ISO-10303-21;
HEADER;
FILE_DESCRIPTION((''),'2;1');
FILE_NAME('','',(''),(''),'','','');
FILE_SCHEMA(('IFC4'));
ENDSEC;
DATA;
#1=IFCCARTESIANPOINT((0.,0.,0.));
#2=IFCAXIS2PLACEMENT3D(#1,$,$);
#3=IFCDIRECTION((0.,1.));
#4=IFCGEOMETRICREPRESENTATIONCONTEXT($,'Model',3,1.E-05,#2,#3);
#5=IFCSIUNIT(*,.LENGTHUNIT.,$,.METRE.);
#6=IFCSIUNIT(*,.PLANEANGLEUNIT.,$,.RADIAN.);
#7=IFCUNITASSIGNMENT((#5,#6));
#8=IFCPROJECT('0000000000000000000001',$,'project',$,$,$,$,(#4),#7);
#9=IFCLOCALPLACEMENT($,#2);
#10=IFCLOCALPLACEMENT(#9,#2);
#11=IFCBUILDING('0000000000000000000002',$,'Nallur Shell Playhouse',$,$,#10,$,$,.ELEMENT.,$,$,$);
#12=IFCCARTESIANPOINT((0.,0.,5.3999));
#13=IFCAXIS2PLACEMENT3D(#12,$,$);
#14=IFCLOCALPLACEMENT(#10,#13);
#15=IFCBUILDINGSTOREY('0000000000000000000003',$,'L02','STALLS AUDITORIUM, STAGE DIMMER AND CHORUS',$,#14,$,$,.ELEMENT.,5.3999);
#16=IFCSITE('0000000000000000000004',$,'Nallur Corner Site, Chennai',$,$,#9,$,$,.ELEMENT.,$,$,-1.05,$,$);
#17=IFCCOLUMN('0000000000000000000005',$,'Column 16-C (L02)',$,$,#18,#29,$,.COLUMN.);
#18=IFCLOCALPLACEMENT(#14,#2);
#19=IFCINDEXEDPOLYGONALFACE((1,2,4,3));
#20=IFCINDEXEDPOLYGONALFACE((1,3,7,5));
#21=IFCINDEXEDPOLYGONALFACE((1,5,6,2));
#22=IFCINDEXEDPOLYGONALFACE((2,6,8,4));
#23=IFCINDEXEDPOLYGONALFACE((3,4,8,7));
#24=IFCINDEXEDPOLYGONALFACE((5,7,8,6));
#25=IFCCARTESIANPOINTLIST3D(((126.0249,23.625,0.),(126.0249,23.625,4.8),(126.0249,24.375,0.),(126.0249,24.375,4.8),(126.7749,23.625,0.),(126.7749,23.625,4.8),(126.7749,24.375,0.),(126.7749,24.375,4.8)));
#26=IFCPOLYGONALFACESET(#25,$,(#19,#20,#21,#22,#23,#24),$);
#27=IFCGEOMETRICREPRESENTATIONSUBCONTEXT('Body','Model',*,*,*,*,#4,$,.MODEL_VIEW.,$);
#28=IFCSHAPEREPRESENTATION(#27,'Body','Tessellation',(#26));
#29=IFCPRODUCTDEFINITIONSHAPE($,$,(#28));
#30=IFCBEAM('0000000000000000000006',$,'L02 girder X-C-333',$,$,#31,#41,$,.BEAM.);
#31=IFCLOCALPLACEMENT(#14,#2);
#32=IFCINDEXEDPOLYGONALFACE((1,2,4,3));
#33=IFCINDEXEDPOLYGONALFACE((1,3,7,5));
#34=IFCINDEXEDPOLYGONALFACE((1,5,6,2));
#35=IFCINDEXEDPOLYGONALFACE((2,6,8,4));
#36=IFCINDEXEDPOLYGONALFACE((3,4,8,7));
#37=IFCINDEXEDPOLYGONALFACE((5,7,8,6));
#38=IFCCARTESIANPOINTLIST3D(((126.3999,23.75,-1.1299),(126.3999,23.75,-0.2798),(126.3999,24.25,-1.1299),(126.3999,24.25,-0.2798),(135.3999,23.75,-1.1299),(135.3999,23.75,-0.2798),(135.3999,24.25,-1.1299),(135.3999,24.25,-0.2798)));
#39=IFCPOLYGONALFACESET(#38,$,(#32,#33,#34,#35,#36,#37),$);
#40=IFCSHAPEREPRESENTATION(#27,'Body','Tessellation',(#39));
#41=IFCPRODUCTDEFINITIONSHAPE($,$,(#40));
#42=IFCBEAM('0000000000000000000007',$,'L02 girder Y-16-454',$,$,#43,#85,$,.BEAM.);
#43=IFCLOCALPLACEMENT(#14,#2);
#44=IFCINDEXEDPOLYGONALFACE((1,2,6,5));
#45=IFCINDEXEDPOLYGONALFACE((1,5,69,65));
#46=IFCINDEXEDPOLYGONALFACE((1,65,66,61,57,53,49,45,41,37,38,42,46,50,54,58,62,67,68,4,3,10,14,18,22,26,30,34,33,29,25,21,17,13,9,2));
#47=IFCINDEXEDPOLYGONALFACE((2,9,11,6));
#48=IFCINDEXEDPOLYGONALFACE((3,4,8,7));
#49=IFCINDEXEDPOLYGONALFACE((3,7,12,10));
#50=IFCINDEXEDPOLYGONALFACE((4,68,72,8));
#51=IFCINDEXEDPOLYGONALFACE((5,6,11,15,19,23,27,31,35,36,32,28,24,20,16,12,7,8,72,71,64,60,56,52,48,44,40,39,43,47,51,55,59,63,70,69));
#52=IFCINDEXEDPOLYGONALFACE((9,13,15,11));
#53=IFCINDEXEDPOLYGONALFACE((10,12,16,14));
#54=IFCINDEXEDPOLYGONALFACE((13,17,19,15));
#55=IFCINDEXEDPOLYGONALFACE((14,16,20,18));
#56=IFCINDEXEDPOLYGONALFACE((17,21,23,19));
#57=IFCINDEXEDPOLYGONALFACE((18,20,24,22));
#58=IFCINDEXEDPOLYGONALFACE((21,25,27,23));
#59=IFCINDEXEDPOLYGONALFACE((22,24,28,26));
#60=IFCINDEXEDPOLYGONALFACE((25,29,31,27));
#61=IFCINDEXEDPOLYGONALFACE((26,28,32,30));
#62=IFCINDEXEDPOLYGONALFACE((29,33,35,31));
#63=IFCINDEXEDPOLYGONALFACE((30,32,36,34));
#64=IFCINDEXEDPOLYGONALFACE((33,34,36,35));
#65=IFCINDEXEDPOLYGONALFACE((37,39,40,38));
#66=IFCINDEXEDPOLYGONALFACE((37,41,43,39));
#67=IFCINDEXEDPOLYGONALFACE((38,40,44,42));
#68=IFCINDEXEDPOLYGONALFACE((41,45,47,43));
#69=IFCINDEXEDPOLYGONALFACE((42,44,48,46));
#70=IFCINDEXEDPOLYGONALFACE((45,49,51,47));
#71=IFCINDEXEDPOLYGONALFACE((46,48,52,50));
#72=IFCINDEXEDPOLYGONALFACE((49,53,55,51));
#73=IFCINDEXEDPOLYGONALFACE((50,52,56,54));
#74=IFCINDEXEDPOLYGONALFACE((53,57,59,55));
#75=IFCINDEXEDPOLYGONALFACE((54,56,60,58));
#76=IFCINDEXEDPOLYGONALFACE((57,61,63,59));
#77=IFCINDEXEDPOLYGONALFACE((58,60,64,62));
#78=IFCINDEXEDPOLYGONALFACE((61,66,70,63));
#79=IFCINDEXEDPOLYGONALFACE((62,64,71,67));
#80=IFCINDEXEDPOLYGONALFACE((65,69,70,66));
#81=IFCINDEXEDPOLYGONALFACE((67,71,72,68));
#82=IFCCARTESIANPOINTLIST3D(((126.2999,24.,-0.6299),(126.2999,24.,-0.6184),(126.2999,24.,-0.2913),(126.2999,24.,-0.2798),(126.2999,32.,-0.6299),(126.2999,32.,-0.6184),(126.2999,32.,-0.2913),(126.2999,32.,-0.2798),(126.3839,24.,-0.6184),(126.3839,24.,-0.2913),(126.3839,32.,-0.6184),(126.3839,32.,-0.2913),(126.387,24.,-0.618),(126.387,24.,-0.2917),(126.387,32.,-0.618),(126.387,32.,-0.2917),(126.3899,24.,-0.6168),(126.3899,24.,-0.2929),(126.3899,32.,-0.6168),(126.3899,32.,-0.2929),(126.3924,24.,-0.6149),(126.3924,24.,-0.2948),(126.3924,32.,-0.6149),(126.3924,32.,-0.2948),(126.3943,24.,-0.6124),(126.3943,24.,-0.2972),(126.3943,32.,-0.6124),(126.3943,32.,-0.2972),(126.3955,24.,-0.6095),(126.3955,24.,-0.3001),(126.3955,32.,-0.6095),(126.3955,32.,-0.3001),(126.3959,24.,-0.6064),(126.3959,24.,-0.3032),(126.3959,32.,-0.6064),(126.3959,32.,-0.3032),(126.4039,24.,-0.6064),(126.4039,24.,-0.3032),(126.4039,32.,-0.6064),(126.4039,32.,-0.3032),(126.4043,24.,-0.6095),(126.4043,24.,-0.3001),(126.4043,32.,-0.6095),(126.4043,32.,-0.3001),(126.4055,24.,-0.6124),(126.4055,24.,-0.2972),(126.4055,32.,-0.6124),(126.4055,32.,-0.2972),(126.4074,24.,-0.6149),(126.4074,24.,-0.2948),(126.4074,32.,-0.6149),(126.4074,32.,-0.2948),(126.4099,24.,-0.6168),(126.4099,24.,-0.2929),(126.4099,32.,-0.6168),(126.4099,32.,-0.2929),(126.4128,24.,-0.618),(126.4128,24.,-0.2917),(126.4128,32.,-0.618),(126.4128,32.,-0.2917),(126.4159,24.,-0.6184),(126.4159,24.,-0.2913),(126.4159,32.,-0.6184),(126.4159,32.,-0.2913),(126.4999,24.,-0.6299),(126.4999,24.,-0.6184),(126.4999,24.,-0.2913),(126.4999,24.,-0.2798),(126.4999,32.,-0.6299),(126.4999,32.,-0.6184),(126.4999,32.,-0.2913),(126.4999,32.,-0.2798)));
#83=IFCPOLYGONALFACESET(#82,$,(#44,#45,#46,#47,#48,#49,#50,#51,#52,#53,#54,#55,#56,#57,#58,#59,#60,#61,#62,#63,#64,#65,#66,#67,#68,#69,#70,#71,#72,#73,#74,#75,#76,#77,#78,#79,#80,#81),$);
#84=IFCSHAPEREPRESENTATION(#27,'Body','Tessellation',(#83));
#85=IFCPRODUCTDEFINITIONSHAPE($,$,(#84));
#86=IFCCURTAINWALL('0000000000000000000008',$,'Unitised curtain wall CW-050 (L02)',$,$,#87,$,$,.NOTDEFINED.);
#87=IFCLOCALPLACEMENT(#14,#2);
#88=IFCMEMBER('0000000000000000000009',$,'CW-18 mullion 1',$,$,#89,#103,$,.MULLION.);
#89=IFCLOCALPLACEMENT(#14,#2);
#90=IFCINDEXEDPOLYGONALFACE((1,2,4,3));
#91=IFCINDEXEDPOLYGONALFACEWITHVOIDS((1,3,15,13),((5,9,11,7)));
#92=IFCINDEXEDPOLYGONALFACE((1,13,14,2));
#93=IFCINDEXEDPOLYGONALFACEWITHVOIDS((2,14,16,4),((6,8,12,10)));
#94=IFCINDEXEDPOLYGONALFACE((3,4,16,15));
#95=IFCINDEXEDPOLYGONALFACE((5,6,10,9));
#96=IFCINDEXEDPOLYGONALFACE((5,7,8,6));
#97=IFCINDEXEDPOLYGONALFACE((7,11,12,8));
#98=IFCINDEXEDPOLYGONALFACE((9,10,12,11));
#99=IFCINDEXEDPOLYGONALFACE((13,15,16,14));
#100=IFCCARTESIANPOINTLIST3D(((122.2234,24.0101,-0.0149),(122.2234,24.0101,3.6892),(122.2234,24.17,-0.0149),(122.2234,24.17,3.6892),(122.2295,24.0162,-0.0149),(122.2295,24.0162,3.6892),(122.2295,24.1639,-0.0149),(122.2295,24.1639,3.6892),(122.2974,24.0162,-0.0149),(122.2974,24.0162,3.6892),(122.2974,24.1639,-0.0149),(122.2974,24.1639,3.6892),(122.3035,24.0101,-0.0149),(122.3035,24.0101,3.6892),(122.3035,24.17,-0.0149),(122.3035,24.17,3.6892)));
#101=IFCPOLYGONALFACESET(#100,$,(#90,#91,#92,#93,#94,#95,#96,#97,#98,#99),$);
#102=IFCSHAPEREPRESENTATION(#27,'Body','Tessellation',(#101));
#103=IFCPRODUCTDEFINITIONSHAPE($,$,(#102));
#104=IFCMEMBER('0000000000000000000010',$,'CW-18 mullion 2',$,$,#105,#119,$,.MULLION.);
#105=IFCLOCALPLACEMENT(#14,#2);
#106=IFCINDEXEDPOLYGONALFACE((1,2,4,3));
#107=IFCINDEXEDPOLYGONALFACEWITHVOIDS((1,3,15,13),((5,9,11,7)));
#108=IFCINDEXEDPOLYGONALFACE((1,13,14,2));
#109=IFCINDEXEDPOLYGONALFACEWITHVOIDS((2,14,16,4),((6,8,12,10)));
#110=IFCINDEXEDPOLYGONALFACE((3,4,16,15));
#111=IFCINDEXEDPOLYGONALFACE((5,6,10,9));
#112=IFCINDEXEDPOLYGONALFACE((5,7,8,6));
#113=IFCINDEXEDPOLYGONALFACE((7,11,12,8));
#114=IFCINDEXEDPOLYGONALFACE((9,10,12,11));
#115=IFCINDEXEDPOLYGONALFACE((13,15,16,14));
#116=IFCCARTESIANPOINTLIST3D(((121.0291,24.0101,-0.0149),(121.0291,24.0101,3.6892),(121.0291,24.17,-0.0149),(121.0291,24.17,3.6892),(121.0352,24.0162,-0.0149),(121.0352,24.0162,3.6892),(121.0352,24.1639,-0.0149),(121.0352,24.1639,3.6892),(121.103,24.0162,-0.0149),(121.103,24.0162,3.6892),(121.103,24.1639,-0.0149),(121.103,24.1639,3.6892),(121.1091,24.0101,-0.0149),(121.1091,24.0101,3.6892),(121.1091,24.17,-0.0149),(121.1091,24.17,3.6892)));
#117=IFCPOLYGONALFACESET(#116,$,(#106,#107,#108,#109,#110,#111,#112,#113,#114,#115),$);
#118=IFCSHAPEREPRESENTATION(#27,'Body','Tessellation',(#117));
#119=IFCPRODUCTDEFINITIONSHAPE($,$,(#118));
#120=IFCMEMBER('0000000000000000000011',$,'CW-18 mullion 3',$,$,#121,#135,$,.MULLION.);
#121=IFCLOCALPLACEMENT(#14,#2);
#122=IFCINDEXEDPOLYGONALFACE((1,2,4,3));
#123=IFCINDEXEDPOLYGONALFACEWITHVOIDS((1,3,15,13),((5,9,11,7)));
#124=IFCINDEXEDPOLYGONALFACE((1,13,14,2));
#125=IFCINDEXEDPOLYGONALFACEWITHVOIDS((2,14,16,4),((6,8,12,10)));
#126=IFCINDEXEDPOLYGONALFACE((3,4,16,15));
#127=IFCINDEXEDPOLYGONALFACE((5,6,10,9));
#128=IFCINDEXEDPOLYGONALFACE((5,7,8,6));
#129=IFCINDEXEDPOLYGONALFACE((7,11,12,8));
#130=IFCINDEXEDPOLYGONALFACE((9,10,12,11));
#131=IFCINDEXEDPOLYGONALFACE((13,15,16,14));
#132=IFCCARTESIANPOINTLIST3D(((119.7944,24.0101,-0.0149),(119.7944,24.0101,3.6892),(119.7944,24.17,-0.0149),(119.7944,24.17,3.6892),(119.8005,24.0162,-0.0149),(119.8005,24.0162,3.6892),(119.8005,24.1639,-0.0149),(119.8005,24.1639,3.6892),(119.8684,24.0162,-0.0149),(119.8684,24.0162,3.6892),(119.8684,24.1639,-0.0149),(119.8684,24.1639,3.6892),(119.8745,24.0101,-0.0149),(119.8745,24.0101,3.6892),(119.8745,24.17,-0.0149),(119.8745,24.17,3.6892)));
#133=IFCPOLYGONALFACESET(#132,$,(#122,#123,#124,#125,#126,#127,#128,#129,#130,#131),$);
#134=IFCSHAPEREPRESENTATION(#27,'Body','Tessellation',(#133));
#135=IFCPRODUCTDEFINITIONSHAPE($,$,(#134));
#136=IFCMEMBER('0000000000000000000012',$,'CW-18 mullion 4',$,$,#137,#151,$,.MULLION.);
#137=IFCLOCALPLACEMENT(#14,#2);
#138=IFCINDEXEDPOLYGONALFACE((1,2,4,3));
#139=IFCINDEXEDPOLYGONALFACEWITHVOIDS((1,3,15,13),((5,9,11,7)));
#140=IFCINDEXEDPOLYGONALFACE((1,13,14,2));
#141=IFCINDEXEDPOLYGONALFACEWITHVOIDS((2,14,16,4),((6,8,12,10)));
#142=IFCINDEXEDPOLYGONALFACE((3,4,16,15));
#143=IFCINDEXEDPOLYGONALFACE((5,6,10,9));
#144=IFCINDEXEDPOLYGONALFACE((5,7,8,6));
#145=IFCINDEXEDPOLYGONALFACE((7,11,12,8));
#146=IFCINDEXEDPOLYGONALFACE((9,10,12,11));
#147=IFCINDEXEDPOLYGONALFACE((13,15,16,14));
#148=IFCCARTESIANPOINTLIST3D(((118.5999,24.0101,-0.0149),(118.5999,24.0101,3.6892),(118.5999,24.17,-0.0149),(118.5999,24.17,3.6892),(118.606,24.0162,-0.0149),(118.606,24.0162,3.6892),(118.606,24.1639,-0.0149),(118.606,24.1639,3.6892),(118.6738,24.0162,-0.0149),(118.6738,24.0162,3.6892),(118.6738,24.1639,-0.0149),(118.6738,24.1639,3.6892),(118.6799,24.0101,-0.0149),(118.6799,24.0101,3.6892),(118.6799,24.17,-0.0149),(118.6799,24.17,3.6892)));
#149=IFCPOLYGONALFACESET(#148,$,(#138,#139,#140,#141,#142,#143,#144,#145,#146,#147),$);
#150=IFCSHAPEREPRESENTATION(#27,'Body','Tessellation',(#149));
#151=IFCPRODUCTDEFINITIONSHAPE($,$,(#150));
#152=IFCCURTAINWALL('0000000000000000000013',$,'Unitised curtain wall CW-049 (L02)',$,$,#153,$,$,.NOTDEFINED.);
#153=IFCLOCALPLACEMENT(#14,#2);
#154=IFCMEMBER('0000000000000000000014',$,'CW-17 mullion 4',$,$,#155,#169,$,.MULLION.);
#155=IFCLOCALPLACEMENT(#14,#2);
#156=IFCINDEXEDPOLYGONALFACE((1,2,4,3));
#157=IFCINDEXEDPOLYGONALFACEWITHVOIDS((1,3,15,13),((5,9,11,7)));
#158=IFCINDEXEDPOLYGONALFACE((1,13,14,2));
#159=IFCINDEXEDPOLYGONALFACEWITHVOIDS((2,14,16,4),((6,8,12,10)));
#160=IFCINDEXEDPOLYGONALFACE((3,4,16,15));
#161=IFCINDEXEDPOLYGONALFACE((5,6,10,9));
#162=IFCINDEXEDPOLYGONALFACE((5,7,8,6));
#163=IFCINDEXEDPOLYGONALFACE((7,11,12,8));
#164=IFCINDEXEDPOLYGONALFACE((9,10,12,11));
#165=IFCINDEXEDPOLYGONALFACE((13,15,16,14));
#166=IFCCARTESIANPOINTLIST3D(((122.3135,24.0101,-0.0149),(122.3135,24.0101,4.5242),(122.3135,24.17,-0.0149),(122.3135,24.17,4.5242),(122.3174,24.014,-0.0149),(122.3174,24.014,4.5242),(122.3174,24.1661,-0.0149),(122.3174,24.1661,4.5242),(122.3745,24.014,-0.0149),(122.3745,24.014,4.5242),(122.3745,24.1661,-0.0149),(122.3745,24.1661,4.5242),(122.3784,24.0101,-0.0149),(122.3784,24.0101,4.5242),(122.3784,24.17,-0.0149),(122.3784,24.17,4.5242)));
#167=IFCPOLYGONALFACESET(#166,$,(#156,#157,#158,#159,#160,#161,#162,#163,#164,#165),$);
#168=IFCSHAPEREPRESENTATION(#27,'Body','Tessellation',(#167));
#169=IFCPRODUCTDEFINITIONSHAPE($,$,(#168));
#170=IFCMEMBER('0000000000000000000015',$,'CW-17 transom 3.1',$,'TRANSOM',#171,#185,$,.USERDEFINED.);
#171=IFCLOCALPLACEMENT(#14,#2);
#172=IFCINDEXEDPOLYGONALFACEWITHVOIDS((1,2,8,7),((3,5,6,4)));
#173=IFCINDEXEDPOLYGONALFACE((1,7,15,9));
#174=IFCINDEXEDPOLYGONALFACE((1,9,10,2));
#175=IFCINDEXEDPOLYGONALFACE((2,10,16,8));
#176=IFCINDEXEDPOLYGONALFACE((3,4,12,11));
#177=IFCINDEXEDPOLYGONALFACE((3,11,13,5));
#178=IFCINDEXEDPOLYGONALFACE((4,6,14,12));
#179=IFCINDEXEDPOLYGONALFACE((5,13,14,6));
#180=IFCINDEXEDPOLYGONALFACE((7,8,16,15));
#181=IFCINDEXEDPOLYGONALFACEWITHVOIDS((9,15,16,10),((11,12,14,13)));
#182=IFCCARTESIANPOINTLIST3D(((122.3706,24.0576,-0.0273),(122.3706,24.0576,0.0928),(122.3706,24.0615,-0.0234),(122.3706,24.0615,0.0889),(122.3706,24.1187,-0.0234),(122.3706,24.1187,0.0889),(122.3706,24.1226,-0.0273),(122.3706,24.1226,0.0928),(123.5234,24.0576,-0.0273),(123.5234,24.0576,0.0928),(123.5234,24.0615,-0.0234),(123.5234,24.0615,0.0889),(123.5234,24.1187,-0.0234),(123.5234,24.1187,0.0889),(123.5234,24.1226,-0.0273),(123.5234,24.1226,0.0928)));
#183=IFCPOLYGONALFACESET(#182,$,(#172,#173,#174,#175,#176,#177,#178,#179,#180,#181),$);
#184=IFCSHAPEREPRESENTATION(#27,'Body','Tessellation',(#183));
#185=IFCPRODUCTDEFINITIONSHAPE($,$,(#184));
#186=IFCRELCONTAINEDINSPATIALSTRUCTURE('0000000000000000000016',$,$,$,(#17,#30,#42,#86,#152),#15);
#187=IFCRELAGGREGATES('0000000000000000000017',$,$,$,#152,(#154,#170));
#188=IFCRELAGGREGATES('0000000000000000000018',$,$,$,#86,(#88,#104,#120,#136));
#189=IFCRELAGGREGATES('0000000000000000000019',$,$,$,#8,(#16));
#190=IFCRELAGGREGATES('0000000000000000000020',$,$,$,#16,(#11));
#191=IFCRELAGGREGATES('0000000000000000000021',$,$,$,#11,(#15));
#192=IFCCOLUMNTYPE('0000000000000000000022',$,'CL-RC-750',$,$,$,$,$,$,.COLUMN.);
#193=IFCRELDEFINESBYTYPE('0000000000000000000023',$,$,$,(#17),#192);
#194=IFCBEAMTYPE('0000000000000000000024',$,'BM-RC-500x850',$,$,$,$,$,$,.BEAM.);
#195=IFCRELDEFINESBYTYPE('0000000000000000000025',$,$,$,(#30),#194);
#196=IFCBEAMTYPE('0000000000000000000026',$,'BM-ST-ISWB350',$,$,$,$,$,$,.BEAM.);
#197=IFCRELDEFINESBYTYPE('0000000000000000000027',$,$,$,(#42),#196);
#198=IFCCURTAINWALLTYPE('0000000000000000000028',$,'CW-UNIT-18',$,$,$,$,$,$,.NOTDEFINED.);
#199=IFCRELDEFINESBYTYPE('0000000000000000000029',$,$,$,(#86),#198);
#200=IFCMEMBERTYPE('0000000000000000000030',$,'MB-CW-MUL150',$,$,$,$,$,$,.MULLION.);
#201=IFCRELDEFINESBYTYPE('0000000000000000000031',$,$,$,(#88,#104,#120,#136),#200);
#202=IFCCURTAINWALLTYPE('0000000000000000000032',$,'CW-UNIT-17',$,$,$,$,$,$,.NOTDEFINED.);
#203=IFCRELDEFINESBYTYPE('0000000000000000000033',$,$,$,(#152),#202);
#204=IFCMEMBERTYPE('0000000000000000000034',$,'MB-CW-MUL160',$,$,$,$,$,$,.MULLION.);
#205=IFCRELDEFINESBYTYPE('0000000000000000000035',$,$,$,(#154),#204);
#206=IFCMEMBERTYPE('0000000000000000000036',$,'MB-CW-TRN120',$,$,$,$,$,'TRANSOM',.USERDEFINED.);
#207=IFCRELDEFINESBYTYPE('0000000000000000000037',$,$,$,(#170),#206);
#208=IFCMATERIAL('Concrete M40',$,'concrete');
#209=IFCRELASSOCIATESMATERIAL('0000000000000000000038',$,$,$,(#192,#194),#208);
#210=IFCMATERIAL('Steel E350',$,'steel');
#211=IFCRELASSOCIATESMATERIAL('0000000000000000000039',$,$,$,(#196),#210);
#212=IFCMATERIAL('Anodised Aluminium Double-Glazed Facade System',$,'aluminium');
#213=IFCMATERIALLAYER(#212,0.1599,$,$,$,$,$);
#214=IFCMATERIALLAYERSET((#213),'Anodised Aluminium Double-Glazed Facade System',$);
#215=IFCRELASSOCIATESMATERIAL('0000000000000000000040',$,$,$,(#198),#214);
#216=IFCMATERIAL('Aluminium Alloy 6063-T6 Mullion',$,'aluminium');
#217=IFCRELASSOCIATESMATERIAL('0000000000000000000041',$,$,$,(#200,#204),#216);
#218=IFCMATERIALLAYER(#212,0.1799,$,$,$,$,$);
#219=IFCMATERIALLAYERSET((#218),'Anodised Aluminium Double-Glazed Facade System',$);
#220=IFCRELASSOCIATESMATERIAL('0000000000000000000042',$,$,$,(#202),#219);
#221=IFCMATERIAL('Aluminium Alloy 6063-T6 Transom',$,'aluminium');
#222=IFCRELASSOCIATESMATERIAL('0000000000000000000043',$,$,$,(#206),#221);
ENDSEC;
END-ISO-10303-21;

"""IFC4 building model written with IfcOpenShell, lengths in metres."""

from ifc_helpers import new_model, si_unit, direction, frame, origin, origin_2d, place, context, subcontext, project, spatial, rectangle, hollow_rectangle, i_section, extrude, material, layer, layer_set, material_profile, profile_set, type_object, element, aggregate, save


model = new_model("IFC4")

# Units and contexts
model_context = context("Model", 3, precision=1e-05, world=origin(), true_north=direction((0.0, 1.0)))
body_context = subcontext(model_context, "Body", "Model", "MODEL_VIEW")
ifc_project = project(units=[si_unit("LENGTHUNIT", "METRE"), si_unit("PLANEANGLEUNIT", "RADIAN")], contexts=[model_context])

# Site, building, storey
site_placement = place(None, origin())
site = spatial("IfcSite", under=ifc_project, at=site_placement, Name="Nallur Corner Site, Chennai", CompositionType="ELEMENT", RefElevation=-1.05)
building_placement = place(site_placement, origin())
building = spatial("IfcBuilding", under=site, at=building_placement, Name="Nallur Shell Playhouse", CompositionType="ELEMENT")
storey_placement = place(building_placement, frame((0.0, 0.0, 5.3999)))
storey = spatial("IfcBuildingStorey", under=building, at=storey_placement, Name="L02", Description="STALLS AUDITORIUM, STAGE DIMMER AND CHORUS", CompositionType="ELEMENT", Elevation=5.3999)

# Column
ifc_material_1 = material(Name="Concrete M40", Category="concrete")
ifc_material_profile_1 = material_profile(ifc_material_1, rectangle(XDim=0.75, YDim=0.75, at=origin_2d()), Name="RC 750x750")
ifc_profile_set_1 = profile_set([ifc_material_profile_1], Name="Concrete M40")
column_type = type_object("IfcColumnType", Name="CL-RC-750", PredefinedType="COLUMN", material=ifc_profile_set_1)
column_placement = place(storey_placement, frame((126.3999, 24.0, 0.0), z_axis=(0.0, 0.0, 1.0), x_axis=(1.0, 0.0, 0.0)))
element("IfcColumn", 1, at=column_placement, inside=storey, type_object=column_type, Name="Column 16-C (L02)", PredefinedType="COLUMN", context=body_context, shape_type="SweptSolid", body=[
    extrude(rectangle(XDim=0.75, YDim=0.75, at=origin_2d()), origin(), (0.0, 0.0, 1.0), 4.8),
])

# Beams
ifc_material_profile_2 = material_profile(ifc_material_1, rectangle(XDim=0.5, YDim=0.8501, at=origin_2d()), Name="RC 500x850")
ifc_profile_set_2 = profile_set([ifc_material_profile_2], Name="Concrete M40")
beam_type_1 = type_object("IfcBeamType", Name="BM-RC-500x850", PredefinedType="BEAM", material=ifc_profile_set_2)
beam_1_placement = place(storey_placement, frame((126.3999, 24.0, -0.7048), z_axis=(1.0, 0.0, 0.0), x_axis=(0.0, 1.0, 0.0)))
element("IfcBeam", 2, at=beam_1_placement, inside=storey, type_object=beam_type_1, Name="L02 girder X-C-333", PredefinedType="BEAM", context=body_context, shape_type="SweptSolid", body=[
    extrude(rectangle(XDim=0.5, YDim=0.8501, at=origin_2d()), origin(), (0.0, 0.0, 1.0), 9.0),
])
ifc_material_2 = material(Name="Steel E350", Category="steel")
ifc_material_profile_3 = material_profile(ifc_material_2, i_section(OverallWidth=0.2, OverallDepth=0.3501, WebThickness=0.0081, FlangeThickness=0.0115, FilletRadius=0.012, at=origin_2d()), Name="ISWB 350")
ifc_profile_set_3 = profile_set([ifc_material_profile_3], Name="Steel E350")
beam_type_2 = type_object("IfcBeamType", Name="BM-ST-ISWB350", PredefinedType="BEAM", material=ifc_profile_set_3)
beam_2_placement = place(storey_placement, frame((126.3999, 24.0, -0.4548), z_axis=(0.0, 1.0, 0.0), x_axis=(-1.0, 0.0, 0.0)))
element("IfcBeam", 3, at=beam_2_placement, inside=storey, type_object=beam_type_2, Name="L02 girder Y-16-454", PredefinedType="BEAM", context=body_context, shape_type="SweptSolid", body=[
    extrude(i_section(OverallWidth=0.2, OverallDepth=0.3501, WebThickness=0.0081, FlangeThickness=0.0115, FilletRadius=0.012, at=origin_2d()), origin(), (0.0, 0.0, 1.0), 8.0),
])

# Curtain walls, members
ifc_material_3 = material(Name="Anodised Aluminium Double-Glazed Facade System", Category="aluminium")
ifc_layer_1 = layer(ifc_material_3, 0.1599)
ifc_layer_set_1 = layer_set([ifc_layer_1], Name="Anodised Aluminium Double-Glazed Facade System")
curtain_wall_type_1 = type_object("IfcCurtainWallType", Name="CW-UNIT-18", PredefinedType="NOTDEFINED", material=ifc_layer_set_1)
curtain_wall_1_placement = place(storey_placement, origin())
curtain_wall_1 = element("IfcCurtainWall", 4, at=curtain_wall_1_placement, inside=storey, type_object=curtain_wall_type_1, Name="Unitised curtain wall CW-050 (L02)", PredefinedType="NOTDEFINED")
ifc_material_4 = material(Name="Aluminium Alloy 6063-T6 Mullion", Category="aluminium")
ifc_material_profile_4 = material_profile(ifc_material_4, hollow_rectangle(XDim=0.0801, YDim=0.1599, WallThickness=0.0061, at=origin_2d()), Name="RHS 160x80x6")
ifc_profile_set_4 = profile_set([ifc_material_profile_4], Name="Aluminium Alloy 6063-T6 Mullion")
member_type_1 = type_object("IfcMemberType", Name="MB-CW-MUL150", PredefinedType="MULLION", material=ifc_profile_set_4)
member_1_placement = place(storey_placement, frame((122.2634, 24.0901, -0.0149), z_axis=(0.0, 0.0, 1.0), x_axis=(-1.0, 0.0, 0.0)))
member_1 = element("IfcMember", 5, at=member_1_placement, type_object=member_type_1, Name="CW-18 mullion 1", PredefinedType="MULLION", context=body_context, shape_type="SweptSolid", body=[
    extrude(hollow_rectangle(XDim=0.0801, YDim=0.1599, WallThickness=0.0061, at=origin_2d()), origin(), (0.0, 0.0, 1.0), 3.7041),
])
member_2_placement = place(storey_placement, frame((121.0691, 24.0901, -0.0149), z_axis=(0.0, 0.0, 1.0), x_axis=(-1.0, 0.0, 0.0)))
member_2 = element("IfcMember", 6, at=member_2_placement, type_object=member_type_1, Name="CW-18 mullion 2", PredefinedType="MULLION", context=body_context, shape_type="SweptSolid", body=[
    extrude(hollow_rectangle(XDim=0.0801, YDim=0.1599, WallThickness=0.0061, at=origin_2d()), origin(), (0.0, 0.0, 1.0), 3.7041),
])
member_3_placement = place(storey_placement, frame((119.8345, 24.0901, -0.0149), z_axis=(0.0, 0.0, 1.0), x_axis=(-1.0, 0.0, 0.0)))
member_3 = element("IfcMember", 7, at=member_3_placement, type_object=member_type_1, Name="CW-18 mullion 3", PredefinedType="MULLION", context=body_context, shape_type="SweptSolid", body=[
    extrude(hollow_rectangle(XDim=0.0801, YDim=0.1599, WallThickness=0.0061, at=origin_2d()), origin(), (0.0, 0.0, 1.0), 3.7041),
])
member_4_placement = place(storey_placement, frame((118.6399, 24.0901, -0.0149), z_axis=(0.0, 0.0, 1.0), x_axis=(-1.0, 0.0, 0.0)))
member_4 = element("IfcMember", 8, at=member_4_placement, type_object=member_type_1, Name="CW-18 mullion 4", PredefinedType="MULLION", context=body_context, shape_type="SweptSolid", body=[
    extrude(hollow_rectangle(XDim=0.0801, YDim=0.1599, WallThickness=0.0061, at=origin_2d()), origin(), (0.0, 0.0, 1.0), 3.7041),
])
ifc_layer_2 = layer(ifc_material_3, 0.1799)
ifc_layer_set_2 = layer_set([ifc_layer_2], Name="Anodised Aluminium Double-Glazed Facade System")
curtain_wall_type_2 = type_object("IfcCurtainWallType", Name="CW-UNIT-17", PredefinedType="NOTDEFINED", material=ifc_layer_set_2)
curtain_wall_2_placement = place(storey_placement, origin())
curtain_wall_2 = element("IfcCurtainWall", 9, at=curtain_wall_2_placement, inside=storey, type_object=curtain_wall_type_2, Name="Unitised curtain wall CW-049 (L02)", PredefinedType="NOTDEFINED")
ifc_material_profile_5 = material_profile(ifc_material_4, hollow_rectangle(XDim=0.0649, YDim=0.1599, WallThickness=0.0039, at=origin_2d()), Name="ALU 65x160x4")
ifc_profile_set_5 = profile_set([ifc_material_profile_5], Name="Aluminium Alloy 6063-T6 Mullion")
member_type_2 = type_object("IfcMemberType", Name="MB-CW-MUL160", PredefinedType="MULLION", material=ifc_profile_set_5)
member_5_placement = place(storey_placement, frame((122.3459, 24.0901, -0.0149), z_axis=(0.0, 0.0, 1.0), x_axis=(-1.0, 0.0, 0.0)))
member_5 = element("IfcMember", 10, at=member_5_placement, type_object=member_type_2, Name="CW-17 mullion 4", PredefinedType="MULLION", context=body_context, shape_type="SweptSolid", body=[
    extrude(hollow_rectangle(XDim=0.0649, YDim=0.1599, WallThickness=0.0039, at=origin_2d()), origin(), (0.0, 0.0, 1.0), 4.5391),
])
ifc_material_5 = material(Name="Aluminium Alloy 6063-T6 Transom", Category="aluminium")
ifc_material_profile_6 = material_profile(ifc_material_5, hollow_rectangle(XDim=0.0649, YDim=0.1201, WallThickness=0.0039, at=origin_2d()), Name="ALU 65x120x4")
ifc_profile_set_6 = profile_set([ifc_material_profile_6], Name="Aluminium Alloy 6063-T6 Transom")
member_type_3 = type_object("IfcMemberType", Name="MB-CW-TRN120", ElementType="TRANSOM", PredefinedType="USERDEFINED", material=ifc_profile_set_6)
member_6_placement = place(storey_placement, frame((123.5234, 24.0901, 0.0327), z_axis=(-1.0, 0.0, 0.0), x_axis=(0.0, -1.0, 0.0)))
member_6 = element("IfcMember", 11, at=member_6_placement, type_object=member_type_3, Name="CW-17 transom 3.1", ObjectType="TRANSOM", PredefinedType="USERDEFINED", context=body_context, shape_type="SweptSolid", body=[
    extrude(hollow_rectangle(XDim=0.0649, YDim=0.1201, WallThickness=0.0039, at=origin_2d()), origin(), (0.0, 0.0, 1.0), 1.1528),
])

aggregate(curtain_wall_2, [member_5, member_6])
aggregate(curtain_wall_1, [member_1, member_2, member_3, member_4])

save(model, "model.ifc")
